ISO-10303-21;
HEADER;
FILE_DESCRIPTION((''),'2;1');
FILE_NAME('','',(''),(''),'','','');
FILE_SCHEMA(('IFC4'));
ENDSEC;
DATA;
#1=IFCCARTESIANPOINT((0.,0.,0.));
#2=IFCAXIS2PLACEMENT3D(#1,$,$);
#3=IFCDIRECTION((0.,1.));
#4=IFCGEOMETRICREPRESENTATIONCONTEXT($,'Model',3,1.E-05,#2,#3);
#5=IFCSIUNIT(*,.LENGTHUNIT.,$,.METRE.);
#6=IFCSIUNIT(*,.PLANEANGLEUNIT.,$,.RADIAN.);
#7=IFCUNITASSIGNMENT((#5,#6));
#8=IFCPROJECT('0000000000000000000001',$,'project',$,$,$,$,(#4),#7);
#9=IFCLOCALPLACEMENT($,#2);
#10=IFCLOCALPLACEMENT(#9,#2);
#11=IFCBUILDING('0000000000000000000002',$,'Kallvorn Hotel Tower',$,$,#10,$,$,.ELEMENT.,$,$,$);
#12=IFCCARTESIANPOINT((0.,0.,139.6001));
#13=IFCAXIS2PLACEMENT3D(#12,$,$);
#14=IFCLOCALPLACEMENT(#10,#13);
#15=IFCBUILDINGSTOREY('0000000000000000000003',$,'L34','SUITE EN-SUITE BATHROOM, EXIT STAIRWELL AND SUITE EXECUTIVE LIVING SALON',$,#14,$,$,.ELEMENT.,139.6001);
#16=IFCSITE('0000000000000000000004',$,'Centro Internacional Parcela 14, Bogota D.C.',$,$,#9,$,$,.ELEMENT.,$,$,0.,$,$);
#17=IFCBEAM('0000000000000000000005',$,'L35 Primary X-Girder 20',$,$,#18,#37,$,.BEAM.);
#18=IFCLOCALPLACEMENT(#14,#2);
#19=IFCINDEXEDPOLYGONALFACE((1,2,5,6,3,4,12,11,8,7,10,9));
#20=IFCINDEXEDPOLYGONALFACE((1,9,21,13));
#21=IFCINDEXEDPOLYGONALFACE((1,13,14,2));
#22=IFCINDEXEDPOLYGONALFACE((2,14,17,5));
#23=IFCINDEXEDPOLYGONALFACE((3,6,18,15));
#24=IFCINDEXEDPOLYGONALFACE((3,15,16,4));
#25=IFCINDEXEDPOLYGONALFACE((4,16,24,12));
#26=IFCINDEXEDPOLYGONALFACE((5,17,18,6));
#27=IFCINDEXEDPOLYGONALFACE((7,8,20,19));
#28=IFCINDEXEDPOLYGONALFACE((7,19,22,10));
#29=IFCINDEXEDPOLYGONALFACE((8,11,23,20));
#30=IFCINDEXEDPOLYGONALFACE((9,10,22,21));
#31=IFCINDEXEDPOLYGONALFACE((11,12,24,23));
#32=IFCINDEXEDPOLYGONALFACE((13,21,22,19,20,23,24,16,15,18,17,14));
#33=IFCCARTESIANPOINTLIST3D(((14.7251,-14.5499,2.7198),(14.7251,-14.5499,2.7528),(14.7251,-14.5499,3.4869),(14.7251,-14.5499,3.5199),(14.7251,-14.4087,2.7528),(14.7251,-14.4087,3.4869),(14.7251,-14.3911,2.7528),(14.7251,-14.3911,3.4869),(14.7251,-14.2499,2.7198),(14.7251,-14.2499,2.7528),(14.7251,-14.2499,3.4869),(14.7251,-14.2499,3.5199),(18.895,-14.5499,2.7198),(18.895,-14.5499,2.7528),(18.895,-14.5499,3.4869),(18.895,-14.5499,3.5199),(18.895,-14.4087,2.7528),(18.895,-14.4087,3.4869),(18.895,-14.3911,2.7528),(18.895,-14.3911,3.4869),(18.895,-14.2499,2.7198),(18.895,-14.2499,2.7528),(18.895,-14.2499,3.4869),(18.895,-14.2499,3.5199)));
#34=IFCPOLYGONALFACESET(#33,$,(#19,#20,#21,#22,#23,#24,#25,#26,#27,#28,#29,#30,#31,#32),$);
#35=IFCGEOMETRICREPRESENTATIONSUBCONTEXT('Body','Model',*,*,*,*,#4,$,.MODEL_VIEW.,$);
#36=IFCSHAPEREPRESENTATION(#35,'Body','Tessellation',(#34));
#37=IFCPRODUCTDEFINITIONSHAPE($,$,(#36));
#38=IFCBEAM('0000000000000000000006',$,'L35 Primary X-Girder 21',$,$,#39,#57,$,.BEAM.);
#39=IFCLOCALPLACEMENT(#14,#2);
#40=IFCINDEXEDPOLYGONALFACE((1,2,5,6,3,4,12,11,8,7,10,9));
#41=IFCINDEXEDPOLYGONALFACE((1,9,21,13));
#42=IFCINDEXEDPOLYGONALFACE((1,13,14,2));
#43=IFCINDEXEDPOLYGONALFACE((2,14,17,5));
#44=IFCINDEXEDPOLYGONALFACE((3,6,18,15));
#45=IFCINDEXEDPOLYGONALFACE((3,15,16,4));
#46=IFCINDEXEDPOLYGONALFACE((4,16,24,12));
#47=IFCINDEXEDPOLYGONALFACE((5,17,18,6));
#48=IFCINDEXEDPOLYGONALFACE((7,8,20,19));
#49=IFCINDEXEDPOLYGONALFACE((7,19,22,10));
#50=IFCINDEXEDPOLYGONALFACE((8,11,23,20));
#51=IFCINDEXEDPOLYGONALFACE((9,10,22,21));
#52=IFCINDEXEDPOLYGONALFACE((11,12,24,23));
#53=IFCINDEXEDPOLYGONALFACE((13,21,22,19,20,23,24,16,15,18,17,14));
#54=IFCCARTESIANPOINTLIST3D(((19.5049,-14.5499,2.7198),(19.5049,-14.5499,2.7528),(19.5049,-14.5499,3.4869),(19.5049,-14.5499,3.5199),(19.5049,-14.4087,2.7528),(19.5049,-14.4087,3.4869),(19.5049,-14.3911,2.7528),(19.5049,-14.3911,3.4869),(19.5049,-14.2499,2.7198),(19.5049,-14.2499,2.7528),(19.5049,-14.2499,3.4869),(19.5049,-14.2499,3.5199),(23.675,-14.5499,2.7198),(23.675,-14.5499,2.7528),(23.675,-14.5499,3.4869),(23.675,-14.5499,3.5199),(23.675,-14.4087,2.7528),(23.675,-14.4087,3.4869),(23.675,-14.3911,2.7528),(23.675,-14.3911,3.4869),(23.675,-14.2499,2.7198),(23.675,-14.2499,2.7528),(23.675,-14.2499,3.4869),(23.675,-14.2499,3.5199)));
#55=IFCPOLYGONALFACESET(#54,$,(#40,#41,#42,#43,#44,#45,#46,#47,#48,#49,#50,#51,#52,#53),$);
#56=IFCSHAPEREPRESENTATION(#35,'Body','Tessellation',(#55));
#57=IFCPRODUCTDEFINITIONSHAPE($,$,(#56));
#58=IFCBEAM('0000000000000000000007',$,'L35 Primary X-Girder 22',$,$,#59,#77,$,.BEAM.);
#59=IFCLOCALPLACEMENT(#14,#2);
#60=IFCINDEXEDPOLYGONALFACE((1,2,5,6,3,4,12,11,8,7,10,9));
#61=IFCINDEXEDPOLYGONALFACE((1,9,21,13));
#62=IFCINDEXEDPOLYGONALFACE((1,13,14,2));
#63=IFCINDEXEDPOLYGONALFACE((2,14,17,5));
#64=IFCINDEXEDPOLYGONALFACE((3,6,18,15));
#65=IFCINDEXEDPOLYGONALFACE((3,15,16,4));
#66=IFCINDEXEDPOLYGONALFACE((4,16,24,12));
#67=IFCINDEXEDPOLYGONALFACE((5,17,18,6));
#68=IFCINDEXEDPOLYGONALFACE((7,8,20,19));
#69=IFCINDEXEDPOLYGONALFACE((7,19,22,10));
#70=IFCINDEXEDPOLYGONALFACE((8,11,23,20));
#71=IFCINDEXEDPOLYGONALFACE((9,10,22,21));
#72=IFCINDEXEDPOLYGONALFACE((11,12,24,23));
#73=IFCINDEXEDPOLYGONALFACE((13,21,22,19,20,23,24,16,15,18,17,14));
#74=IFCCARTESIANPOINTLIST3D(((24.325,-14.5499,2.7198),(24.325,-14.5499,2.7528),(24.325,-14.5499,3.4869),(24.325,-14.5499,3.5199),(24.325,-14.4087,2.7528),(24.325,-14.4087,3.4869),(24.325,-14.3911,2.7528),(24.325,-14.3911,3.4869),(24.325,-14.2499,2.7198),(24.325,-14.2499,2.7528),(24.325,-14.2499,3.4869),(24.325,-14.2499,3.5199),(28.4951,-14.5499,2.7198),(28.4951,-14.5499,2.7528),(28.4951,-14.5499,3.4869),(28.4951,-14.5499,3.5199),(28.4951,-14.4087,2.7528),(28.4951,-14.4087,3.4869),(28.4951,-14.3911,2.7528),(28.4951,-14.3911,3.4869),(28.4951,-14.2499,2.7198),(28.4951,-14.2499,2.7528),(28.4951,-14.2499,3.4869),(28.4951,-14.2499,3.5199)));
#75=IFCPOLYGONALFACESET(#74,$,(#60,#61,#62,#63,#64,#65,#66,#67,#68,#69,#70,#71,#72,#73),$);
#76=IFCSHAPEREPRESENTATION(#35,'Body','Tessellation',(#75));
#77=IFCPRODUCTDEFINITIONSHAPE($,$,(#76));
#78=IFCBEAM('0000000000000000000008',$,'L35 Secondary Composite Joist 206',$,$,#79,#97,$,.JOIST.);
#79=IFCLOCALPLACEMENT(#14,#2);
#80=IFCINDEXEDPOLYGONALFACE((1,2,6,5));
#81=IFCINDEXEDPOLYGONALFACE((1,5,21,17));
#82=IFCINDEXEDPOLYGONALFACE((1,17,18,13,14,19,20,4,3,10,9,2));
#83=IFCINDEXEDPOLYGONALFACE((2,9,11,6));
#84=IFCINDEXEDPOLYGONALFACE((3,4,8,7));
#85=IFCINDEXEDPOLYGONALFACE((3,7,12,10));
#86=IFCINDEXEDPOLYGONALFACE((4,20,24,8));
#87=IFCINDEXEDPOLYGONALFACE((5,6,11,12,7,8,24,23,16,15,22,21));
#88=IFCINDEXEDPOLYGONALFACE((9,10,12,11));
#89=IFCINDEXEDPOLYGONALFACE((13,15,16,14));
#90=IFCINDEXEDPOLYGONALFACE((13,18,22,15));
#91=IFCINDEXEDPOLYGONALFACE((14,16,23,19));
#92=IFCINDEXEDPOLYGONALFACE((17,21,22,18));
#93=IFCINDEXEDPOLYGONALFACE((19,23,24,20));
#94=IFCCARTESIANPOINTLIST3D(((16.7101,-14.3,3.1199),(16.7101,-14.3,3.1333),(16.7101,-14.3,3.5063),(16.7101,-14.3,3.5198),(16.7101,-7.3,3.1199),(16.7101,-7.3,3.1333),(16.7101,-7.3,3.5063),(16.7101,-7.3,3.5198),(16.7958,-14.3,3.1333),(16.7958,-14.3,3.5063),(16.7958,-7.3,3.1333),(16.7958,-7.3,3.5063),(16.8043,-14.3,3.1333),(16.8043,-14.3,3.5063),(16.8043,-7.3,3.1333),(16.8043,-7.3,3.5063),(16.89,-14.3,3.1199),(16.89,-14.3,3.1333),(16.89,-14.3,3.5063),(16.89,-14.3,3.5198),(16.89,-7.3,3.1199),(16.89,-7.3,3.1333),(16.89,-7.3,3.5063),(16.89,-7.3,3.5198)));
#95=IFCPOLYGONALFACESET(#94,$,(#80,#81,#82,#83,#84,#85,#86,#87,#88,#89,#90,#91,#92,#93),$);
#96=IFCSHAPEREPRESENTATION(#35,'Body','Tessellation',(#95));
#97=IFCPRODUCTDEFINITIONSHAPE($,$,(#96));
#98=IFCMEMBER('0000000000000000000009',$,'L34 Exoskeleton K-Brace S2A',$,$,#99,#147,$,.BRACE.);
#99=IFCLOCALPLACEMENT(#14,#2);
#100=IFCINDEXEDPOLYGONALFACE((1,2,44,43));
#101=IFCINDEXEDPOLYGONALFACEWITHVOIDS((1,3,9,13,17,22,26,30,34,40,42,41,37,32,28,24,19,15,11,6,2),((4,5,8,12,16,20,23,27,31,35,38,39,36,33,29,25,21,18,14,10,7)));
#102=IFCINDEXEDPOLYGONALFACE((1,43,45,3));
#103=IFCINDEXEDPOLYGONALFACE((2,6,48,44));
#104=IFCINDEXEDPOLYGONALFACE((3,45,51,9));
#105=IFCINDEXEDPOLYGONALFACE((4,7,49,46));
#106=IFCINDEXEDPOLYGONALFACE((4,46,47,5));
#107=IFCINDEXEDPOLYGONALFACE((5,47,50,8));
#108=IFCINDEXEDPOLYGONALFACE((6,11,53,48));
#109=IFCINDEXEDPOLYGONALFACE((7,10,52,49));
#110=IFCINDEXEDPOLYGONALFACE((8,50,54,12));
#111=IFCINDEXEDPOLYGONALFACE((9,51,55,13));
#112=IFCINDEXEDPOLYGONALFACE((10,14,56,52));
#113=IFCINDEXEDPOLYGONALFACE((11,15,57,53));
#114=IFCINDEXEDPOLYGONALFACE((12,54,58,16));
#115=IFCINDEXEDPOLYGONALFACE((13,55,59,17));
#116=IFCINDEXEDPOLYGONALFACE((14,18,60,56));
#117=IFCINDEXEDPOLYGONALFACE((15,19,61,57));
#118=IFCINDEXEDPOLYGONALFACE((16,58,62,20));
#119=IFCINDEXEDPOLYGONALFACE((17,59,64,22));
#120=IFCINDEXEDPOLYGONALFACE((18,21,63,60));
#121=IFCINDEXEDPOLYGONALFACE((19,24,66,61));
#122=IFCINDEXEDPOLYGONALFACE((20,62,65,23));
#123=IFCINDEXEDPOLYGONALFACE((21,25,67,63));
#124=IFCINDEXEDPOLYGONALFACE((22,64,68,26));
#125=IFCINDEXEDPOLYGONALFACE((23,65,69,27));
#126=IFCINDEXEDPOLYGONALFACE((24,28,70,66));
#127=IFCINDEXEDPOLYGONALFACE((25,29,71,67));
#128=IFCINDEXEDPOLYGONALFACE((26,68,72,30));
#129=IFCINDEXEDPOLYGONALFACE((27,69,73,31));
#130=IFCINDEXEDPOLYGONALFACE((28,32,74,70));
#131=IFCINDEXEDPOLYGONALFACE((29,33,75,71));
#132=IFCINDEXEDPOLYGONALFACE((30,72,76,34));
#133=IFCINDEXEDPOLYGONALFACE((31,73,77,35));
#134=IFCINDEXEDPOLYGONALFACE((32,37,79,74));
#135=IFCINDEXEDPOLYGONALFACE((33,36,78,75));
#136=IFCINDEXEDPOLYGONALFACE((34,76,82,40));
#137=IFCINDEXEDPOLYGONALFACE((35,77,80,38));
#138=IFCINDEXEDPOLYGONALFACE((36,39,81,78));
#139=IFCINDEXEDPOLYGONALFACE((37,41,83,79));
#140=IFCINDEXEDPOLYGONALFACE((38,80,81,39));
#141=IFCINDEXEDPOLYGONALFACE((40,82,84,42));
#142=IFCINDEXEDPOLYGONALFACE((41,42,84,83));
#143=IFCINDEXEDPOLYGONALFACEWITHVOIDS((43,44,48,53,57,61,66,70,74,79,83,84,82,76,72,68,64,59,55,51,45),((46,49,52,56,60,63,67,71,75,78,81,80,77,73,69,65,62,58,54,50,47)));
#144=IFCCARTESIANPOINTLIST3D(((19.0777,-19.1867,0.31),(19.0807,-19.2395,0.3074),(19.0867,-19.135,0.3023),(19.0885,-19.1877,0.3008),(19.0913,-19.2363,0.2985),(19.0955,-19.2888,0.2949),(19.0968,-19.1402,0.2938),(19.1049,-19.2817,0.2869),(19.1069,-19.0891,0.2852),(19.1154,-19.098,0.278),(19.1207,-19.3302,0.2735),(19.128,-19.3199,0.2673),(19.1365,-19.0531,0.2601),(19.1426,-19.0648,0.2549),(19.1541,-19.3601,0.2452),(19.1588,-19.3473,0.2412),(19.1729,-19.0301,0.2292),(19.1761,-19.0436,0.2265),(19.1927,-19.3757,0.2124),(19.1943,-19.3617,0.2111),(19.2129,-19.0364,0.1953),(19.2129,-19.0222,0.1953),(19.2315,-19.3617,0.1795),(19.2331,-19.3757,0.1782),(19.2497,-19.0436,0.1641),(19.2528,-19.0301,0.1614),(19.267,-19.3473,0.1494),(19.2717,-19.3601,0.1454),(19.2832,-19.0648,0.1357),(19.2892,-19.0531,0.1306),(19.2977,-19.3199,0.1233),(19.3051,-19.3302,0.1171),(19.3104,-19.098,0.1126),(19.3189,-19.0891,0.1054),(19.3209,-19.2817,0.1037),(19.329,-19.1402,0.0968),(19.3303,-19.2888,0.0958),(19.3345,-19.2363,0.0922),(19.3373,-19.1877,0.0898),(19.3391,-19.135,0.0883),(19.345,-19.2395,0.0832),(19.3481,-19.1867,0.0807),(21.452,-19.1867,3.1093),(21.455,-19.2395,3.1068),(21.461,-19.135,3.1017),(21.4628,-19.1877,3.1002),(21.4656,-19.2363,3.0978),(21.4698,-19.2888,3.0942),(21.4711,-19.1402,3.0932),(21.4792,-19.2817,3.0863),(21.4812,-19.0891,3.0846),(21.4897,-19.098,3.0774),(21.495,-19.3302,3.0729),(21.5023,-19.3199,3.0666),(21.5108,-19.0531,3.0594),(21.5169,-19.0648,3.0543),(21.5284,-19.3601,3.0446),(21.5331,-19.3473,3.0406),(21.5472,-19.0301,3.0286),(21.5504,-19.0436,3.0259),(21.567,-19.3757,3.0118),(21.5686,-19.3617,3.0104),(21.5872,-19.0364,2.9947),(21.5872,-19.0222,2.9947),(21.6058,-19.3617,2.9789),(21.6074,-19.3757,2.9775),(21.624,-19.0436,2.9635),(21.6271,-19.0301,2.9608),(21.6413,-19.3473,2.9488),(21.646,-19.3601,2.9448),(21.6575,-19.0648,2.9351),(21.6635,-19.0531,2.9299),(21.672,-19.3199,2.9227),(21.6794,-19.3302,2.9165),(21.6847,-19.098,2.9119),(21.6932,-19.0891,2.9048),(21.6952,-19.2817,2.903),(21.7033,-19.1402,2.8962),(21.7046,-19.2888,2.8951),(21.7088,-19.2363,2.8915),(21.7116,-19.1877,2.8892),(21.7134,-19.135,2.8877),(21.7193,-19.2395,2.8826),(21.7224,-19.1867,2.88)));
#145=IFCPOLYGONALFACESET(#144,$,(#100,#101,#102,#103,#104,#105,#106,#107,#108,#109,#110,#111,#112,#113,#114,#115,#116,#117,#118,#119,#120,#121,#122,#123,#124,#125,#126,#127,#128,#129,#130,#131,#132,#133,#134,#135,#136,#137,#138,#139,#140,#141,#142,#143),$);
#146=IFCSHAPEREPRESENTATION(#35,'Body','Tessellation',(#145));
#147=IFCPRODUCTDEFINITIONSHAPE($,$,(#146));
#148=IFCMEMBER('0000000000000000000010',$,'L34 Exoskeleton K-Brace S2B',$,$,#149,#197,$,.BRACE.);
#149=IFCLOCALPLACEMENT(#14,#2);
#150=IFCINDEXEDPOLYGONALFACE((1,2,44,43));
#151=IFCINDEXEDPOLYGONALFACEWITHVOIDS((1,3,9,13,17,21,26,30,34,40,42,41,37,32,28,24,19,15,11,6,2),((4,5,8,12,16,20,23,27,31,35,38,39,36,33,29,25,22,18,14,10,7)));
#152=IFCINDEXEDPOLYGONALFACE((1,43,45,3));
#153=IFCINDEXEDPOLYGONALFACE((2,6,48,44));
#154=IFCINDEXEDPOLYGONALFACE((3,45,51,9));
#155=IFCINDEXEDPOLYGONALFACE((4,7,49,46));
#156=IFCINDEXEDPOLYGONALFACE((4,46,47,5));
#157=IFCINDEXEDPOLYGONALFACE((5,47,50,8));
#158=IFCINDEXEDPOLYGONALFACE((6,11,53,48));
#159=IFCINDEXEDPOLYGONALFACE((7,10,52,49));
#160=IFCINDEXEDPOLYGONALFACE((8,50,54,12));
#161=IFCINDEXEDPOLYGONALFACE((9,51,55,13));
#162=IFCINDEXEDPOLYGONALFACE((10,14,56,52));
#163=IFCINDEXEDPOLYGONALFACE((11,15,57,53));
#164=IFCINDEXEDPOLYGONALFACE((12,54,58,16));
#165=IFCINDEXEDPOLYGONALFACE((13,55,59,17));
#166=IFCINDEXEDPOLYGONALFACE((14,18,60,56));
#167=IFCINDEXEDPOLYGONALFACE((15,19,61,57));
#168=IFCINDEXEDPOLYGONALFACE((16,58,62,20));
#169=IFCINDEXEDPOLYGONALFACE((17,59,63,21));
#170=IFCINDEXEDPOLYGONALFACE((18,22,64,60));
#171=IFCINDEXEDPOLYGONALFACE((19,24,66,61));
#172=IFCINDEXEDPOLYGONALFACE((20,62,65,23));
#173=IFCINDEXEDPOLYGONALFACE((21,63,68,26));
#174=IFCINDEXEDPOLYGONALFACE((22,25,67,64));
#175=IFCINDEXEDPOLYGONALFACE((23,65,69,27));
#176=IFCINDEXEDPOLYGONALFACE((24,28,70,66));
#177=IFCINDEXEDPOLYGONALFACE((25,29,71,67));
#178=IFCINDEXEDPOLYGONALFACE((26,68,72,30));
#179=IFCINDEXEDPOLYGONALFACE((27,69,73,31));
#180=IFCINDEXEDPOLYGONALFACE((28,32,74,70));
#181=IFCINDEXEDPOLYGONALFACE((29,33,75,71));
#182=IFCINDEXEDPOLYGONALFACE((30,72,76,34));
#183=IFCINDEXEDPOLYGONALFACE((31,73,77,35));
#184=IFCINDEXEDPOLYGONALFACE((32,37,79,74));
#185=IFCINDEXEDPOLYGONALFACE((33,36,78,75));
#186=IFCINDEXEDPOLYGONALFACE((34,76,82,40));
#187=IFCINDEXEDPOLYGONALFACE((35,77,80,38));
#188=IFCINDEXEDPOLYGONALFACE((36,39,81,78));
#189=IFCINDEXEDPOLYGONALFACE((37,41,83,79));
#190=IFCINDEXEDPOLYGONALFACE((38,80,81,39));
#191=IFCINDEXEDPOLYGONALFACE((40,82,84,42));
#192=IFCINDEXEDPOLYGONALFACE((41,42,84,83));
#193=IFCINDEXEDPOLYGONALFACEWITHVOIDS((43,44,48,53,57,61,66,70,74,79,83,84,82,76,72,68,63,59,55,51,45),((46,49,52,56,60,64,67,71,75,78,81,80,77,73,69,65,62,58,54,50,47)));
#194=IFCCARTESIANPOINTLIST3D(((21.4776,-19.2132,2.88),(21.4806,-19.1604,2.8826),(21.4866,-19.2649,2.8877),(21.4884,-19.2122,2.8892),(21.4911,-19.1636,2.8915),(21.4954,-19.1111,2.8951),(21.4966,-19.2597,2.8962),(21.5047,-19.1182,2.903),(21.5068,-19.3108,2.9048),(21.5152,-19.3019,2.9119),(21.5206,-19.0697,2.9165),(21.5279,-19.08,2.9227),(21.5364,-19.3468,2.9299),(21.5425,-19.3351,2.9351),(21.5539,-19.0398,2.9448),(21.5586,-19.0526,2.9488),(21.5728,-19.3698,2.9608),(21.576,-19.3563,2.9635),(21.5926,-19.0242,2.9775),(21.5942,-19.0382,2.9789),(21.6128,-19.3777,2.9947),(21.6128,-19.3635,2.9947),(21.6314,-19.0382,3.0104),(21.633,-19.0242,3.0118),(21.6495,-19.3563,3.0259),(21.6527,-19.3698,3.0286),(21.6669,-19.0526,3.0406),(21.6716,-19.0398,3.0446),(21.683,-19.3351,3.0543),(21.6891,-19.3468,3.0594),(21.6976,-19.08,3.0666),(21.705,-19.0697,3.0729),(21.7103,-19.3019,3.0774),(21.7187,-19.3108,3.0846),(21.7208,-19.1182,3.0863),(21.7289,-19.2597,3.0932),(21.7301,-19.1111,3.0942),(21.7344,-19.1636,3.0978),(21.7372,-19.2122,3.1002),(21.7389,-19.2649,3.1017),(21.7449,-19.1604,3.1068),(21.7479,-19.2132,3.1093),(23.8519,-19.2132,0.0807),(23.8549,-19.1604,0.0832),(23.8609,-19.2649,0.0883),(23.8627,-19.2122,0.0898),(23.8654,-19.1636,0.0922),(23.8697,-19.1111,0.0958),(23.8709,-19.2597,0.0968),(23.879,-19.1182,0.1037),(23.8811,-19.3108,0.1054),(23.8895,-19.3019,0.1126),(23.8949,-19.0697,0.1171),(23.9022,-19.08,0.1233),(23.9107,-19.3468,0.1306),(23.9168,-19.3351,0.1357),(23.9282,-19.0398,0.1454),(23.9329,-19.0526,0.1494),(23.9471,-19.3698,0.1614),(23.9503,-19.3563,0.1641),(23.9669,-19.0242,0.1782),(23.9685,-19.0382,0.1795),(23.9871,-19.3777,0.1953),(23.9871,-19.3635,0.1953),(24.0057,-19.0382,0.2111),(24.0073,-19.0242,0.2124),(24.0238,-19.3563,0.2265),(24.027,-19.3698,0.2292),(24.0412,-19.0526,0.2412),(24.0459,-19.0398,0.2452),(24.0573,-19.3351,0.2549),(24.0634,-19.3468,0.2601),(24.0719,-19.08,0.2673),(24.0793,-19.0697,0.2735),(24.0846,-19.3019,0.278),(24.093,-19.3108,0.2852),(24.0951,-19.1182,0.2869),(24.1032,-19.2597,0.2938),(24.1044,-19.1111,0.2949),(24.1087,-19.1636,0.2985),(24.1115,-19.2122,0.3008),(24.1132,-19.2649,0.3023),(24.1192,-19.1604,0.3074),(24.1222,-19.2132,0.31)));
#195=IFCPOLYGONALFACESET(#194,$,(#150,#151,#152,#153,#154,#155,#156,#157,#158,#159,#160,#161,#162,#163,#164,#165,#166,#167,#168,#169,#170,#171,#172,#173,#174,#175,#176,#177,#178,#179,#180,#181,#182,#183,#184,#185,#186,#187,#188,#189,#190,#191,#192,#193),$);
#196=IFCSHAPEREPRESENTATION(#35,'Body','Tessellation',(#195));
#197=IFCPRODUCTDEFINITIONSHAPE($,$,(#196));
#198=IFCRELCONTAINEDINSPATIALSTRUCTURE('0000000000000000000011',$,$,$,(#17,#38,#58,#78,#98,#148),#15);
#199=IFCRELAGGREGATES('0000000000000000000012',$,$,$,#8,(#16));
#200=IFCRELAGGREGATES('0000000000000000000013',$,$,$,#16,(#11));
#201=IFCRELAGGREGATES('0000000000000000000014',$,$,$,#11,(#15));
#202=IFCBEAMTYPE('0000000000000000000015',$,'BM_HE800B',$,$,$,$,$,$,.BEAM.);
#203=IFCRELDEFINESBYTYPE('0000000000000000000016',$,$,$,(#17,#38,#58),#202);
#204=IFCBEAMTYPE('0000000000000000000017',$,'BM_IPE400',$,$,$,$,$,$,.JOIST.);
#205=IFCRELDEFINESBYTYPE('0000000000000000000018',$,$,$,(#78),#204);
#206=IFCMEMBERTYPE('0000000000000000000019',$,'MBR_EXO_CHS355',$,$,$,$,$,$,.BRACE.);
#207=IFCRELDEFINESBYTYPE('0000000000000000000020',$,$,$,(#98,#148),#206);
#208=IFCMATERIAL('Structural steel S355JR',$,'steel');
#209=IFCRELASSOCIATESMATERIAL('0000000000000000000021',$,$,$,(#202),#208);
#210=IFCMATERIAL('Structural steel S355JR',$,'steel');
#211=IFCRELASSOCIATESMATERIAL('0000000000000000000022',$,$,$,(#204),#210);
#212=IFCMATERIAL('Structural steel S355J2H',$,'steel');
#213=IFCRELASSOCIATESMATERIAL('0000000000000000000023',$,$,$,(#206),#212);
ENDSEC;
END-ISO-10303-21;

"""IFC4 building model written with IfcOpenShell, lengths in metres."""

from ifc_helpers import new_model, si_unit, direction, frame, origin, origin_2d, place, context, subcontext, project, spatial, hollow_circle, i_section, extrude, material, material_profile, profile_set, type_object, element, save


model = new_model("IFC4")

# Units and contexts
model_context = context("Model", 3, precision=1e-05, world=origin(), true_north=direction((0.0, 1.0)))
body_context = subcontext(model_context, "Body", "Model", "MODEL_VIEW")
ifc_project = project(units=[si_unit("LENGTHUNIT", "METRE"), si_unit("PLANEANGLEUNIT", "RADIAN")], contexts=[model_context])

# Site, building, storey
site_placement = place(None, origin())
site = spatial("IfcSite", under=ifc_project, at=site_placement, Name="Centro Internacional Parcela 14, Bogota D.C.", CompositionType="ELEMENT", RefElevation=0.0)
building_placement = place(site_placement, origin())
building = spatial("IfcBuilding", under=site, at=building_placement, Name="Kallvorn Hotel Tower", CompositionType="ELEMENT")
storey_placement = place(building_placement, frame((0.0, 0.0, 139.6001)))
storey = spatial("IfcBuildingStorey", under=building, at=storey_placement, Name="L34", Description="SUITE EN-SUITE BATHROOM, EXIT STAIRWELL AND SUITE EXECUTIVE LIVING SALON", CompositionType="ELEMENT", Elevation=139.6001)

# Beams
ifc_material_1 = material(Name="Structural steel S355JR", Category="steel")
ifc_material_profile_1 = material_profile(ifc_material_1, i_section(OverallWidth=0.3, OverallDepth=0.8, WebThickness=0.0176, FlangeThickness=0.033, at=origin_2d()), Name="HE 800 B")
ifc_profile_set_1 = profile_set([ifc_material_profile_1], Name="Structural steel S355JR")
beam_type_1 = type_object("IfcBeamType", Name="BM_HE800B", PredefinedType="BEAM", material=ifc_profile_set_1)
beam_1_placement = place(storey_placement, frame((14.7251, -14.3999, 3.1199), z_axis=(1.0, 0.0, 0.0), x_axis=(0.0, 1.0, 0.0)))
element("IfcBeam", 1, at=beam_1_placement, inside=storey, type_object=beam_type_1, Name="L35 Primary X-Girder 20", PredefinedType="BEAM", context=body_context, shape_type="SweptSolid", body=[
    extrude(i_section(OverallWidth=0.3, OverallDepth=0.8, WebThickness=0.0176, FlangeThickness=0.033, at=origin_2d()), origin(), (0.0, 0.0, 1.0), 4.1699),
])
for number, where, z_axis, x_axis, name in (
    (2, (19.5049, -14.3999, 3.1199), (1.0, 0.0, 0.0), (0.0, 1.0, 0.0), "L35 Primary X-Girder 21"),
    (3, (24.325, -14.3999, 3.1199), (1.0, 0.0, 0.0), (0.0, 1.0, 0.0), "L35 Primary X-Girder 22"),
):
    element("IfcBeam", number, at=place(storey_placement, frame(where, z_axis=z_axis, x_axis=x_axis)), inside=storey, type_object=beam_type_1, Name=name, PredefinedType="BEAM", context=body_context, shape_type="SweptSolid", body=[
        extrude(i_section(OverallWidth=0.3, OverallDepth=0.8, WebThickness=0.0176, FlangeThickness=0.033, at=origin_2d()), origin(), (0.0, 0.0, 1.0), 4.1702),
    ])
ifc_material_2 = material(Name="Structural steel S355JR", Category="steel")
ifc_material_profile_2 = material_profile(ifc_material_2, i_section(OverallWidth=0.1799, OverallDepth=0.3999, WebThickness=0.0085, FlangeThickness=0.0134, at=origin_2d()), Name="IPE 400")
ifc_profile_set_2 = profile_set([ifc_material_profile_2], Name="Structural steel S355JR")
beam_type_2 = type_object("IfcBeamType", Name="BM_IPE400", PredefinedType="JOIST", material=ifc_profile_set_2)
beam_2_placement = place(storey_placement, frame((16.8, -14.3, 3.3198), z_axis=(0.0, 1.0, 0.0), x_axis=(-1.0, 0.0, 0.0)))
element("IfcBeam", 4, at=beam_2_placement, inside=storey, type_object=beam_type_2, Name="L35 Secondary Composite Joist 206", PredefinedType="JOIST", context=body_context, shape_type="SweptSolid", body=[
    extrude(i_section(OverallWidth=0.1799, OverallDepth=0.3999, WebThickness=0.0085, FlangeThickness=0.0134, at=origin_2d()), origin(), (0.0, 0.0, 1.0), 7.0),
])

# Members
ifc_material_3 = material(Name="Structural steel S355J2H", Category="steel")
ifc_material_profile_3 = material_profile(ifc_material_3, hollow_circle(Radius=0.1777, WallThickness=0.0142, at=origin_2d()), Name="CHS 355.6x14.2")
ifc_profile_set_3 = profile_set([ifc_material_profile_3], Name="Structural steel S355J2H")
member_type = type_object("IfcMemberType", Name="MBR_EXO_CHS355", PredefinedType="BRACE", material=ifc_profile_set_3)
for number, where, z_axis, x_axis, name in (
    (5, (19.2129, -19.2, 0.1953), (0.646833, 0.0, 0.762631), (0.0, 1.0, 0.0), "L34 Exoskeleton K-Brace S2A"),
    (6, (23.9871, -19.2, 0.1953), (-0.646833, 0.0, 0.762631), (0.0, -1.0, 0.0), "L34 Exoskeleton K-Brace S2B"),
):
    element("IfcMember", number, at=place(storey_placement, frame(where, z_axis=z_axis, x_axis=x_axis)), inside=storey, type_object=member_type, Name=name, PredefinedType="BRACE", context=body_context, shape_type="SweptSolid", body=[
        extrude(hollow_circle(Radius=0.1777, WallThickness=0.0142, at=origin_2d()), origin(), (0.0, 0.0, 1.0), 3.6707),
    ])

save(model, "model.ifc")
